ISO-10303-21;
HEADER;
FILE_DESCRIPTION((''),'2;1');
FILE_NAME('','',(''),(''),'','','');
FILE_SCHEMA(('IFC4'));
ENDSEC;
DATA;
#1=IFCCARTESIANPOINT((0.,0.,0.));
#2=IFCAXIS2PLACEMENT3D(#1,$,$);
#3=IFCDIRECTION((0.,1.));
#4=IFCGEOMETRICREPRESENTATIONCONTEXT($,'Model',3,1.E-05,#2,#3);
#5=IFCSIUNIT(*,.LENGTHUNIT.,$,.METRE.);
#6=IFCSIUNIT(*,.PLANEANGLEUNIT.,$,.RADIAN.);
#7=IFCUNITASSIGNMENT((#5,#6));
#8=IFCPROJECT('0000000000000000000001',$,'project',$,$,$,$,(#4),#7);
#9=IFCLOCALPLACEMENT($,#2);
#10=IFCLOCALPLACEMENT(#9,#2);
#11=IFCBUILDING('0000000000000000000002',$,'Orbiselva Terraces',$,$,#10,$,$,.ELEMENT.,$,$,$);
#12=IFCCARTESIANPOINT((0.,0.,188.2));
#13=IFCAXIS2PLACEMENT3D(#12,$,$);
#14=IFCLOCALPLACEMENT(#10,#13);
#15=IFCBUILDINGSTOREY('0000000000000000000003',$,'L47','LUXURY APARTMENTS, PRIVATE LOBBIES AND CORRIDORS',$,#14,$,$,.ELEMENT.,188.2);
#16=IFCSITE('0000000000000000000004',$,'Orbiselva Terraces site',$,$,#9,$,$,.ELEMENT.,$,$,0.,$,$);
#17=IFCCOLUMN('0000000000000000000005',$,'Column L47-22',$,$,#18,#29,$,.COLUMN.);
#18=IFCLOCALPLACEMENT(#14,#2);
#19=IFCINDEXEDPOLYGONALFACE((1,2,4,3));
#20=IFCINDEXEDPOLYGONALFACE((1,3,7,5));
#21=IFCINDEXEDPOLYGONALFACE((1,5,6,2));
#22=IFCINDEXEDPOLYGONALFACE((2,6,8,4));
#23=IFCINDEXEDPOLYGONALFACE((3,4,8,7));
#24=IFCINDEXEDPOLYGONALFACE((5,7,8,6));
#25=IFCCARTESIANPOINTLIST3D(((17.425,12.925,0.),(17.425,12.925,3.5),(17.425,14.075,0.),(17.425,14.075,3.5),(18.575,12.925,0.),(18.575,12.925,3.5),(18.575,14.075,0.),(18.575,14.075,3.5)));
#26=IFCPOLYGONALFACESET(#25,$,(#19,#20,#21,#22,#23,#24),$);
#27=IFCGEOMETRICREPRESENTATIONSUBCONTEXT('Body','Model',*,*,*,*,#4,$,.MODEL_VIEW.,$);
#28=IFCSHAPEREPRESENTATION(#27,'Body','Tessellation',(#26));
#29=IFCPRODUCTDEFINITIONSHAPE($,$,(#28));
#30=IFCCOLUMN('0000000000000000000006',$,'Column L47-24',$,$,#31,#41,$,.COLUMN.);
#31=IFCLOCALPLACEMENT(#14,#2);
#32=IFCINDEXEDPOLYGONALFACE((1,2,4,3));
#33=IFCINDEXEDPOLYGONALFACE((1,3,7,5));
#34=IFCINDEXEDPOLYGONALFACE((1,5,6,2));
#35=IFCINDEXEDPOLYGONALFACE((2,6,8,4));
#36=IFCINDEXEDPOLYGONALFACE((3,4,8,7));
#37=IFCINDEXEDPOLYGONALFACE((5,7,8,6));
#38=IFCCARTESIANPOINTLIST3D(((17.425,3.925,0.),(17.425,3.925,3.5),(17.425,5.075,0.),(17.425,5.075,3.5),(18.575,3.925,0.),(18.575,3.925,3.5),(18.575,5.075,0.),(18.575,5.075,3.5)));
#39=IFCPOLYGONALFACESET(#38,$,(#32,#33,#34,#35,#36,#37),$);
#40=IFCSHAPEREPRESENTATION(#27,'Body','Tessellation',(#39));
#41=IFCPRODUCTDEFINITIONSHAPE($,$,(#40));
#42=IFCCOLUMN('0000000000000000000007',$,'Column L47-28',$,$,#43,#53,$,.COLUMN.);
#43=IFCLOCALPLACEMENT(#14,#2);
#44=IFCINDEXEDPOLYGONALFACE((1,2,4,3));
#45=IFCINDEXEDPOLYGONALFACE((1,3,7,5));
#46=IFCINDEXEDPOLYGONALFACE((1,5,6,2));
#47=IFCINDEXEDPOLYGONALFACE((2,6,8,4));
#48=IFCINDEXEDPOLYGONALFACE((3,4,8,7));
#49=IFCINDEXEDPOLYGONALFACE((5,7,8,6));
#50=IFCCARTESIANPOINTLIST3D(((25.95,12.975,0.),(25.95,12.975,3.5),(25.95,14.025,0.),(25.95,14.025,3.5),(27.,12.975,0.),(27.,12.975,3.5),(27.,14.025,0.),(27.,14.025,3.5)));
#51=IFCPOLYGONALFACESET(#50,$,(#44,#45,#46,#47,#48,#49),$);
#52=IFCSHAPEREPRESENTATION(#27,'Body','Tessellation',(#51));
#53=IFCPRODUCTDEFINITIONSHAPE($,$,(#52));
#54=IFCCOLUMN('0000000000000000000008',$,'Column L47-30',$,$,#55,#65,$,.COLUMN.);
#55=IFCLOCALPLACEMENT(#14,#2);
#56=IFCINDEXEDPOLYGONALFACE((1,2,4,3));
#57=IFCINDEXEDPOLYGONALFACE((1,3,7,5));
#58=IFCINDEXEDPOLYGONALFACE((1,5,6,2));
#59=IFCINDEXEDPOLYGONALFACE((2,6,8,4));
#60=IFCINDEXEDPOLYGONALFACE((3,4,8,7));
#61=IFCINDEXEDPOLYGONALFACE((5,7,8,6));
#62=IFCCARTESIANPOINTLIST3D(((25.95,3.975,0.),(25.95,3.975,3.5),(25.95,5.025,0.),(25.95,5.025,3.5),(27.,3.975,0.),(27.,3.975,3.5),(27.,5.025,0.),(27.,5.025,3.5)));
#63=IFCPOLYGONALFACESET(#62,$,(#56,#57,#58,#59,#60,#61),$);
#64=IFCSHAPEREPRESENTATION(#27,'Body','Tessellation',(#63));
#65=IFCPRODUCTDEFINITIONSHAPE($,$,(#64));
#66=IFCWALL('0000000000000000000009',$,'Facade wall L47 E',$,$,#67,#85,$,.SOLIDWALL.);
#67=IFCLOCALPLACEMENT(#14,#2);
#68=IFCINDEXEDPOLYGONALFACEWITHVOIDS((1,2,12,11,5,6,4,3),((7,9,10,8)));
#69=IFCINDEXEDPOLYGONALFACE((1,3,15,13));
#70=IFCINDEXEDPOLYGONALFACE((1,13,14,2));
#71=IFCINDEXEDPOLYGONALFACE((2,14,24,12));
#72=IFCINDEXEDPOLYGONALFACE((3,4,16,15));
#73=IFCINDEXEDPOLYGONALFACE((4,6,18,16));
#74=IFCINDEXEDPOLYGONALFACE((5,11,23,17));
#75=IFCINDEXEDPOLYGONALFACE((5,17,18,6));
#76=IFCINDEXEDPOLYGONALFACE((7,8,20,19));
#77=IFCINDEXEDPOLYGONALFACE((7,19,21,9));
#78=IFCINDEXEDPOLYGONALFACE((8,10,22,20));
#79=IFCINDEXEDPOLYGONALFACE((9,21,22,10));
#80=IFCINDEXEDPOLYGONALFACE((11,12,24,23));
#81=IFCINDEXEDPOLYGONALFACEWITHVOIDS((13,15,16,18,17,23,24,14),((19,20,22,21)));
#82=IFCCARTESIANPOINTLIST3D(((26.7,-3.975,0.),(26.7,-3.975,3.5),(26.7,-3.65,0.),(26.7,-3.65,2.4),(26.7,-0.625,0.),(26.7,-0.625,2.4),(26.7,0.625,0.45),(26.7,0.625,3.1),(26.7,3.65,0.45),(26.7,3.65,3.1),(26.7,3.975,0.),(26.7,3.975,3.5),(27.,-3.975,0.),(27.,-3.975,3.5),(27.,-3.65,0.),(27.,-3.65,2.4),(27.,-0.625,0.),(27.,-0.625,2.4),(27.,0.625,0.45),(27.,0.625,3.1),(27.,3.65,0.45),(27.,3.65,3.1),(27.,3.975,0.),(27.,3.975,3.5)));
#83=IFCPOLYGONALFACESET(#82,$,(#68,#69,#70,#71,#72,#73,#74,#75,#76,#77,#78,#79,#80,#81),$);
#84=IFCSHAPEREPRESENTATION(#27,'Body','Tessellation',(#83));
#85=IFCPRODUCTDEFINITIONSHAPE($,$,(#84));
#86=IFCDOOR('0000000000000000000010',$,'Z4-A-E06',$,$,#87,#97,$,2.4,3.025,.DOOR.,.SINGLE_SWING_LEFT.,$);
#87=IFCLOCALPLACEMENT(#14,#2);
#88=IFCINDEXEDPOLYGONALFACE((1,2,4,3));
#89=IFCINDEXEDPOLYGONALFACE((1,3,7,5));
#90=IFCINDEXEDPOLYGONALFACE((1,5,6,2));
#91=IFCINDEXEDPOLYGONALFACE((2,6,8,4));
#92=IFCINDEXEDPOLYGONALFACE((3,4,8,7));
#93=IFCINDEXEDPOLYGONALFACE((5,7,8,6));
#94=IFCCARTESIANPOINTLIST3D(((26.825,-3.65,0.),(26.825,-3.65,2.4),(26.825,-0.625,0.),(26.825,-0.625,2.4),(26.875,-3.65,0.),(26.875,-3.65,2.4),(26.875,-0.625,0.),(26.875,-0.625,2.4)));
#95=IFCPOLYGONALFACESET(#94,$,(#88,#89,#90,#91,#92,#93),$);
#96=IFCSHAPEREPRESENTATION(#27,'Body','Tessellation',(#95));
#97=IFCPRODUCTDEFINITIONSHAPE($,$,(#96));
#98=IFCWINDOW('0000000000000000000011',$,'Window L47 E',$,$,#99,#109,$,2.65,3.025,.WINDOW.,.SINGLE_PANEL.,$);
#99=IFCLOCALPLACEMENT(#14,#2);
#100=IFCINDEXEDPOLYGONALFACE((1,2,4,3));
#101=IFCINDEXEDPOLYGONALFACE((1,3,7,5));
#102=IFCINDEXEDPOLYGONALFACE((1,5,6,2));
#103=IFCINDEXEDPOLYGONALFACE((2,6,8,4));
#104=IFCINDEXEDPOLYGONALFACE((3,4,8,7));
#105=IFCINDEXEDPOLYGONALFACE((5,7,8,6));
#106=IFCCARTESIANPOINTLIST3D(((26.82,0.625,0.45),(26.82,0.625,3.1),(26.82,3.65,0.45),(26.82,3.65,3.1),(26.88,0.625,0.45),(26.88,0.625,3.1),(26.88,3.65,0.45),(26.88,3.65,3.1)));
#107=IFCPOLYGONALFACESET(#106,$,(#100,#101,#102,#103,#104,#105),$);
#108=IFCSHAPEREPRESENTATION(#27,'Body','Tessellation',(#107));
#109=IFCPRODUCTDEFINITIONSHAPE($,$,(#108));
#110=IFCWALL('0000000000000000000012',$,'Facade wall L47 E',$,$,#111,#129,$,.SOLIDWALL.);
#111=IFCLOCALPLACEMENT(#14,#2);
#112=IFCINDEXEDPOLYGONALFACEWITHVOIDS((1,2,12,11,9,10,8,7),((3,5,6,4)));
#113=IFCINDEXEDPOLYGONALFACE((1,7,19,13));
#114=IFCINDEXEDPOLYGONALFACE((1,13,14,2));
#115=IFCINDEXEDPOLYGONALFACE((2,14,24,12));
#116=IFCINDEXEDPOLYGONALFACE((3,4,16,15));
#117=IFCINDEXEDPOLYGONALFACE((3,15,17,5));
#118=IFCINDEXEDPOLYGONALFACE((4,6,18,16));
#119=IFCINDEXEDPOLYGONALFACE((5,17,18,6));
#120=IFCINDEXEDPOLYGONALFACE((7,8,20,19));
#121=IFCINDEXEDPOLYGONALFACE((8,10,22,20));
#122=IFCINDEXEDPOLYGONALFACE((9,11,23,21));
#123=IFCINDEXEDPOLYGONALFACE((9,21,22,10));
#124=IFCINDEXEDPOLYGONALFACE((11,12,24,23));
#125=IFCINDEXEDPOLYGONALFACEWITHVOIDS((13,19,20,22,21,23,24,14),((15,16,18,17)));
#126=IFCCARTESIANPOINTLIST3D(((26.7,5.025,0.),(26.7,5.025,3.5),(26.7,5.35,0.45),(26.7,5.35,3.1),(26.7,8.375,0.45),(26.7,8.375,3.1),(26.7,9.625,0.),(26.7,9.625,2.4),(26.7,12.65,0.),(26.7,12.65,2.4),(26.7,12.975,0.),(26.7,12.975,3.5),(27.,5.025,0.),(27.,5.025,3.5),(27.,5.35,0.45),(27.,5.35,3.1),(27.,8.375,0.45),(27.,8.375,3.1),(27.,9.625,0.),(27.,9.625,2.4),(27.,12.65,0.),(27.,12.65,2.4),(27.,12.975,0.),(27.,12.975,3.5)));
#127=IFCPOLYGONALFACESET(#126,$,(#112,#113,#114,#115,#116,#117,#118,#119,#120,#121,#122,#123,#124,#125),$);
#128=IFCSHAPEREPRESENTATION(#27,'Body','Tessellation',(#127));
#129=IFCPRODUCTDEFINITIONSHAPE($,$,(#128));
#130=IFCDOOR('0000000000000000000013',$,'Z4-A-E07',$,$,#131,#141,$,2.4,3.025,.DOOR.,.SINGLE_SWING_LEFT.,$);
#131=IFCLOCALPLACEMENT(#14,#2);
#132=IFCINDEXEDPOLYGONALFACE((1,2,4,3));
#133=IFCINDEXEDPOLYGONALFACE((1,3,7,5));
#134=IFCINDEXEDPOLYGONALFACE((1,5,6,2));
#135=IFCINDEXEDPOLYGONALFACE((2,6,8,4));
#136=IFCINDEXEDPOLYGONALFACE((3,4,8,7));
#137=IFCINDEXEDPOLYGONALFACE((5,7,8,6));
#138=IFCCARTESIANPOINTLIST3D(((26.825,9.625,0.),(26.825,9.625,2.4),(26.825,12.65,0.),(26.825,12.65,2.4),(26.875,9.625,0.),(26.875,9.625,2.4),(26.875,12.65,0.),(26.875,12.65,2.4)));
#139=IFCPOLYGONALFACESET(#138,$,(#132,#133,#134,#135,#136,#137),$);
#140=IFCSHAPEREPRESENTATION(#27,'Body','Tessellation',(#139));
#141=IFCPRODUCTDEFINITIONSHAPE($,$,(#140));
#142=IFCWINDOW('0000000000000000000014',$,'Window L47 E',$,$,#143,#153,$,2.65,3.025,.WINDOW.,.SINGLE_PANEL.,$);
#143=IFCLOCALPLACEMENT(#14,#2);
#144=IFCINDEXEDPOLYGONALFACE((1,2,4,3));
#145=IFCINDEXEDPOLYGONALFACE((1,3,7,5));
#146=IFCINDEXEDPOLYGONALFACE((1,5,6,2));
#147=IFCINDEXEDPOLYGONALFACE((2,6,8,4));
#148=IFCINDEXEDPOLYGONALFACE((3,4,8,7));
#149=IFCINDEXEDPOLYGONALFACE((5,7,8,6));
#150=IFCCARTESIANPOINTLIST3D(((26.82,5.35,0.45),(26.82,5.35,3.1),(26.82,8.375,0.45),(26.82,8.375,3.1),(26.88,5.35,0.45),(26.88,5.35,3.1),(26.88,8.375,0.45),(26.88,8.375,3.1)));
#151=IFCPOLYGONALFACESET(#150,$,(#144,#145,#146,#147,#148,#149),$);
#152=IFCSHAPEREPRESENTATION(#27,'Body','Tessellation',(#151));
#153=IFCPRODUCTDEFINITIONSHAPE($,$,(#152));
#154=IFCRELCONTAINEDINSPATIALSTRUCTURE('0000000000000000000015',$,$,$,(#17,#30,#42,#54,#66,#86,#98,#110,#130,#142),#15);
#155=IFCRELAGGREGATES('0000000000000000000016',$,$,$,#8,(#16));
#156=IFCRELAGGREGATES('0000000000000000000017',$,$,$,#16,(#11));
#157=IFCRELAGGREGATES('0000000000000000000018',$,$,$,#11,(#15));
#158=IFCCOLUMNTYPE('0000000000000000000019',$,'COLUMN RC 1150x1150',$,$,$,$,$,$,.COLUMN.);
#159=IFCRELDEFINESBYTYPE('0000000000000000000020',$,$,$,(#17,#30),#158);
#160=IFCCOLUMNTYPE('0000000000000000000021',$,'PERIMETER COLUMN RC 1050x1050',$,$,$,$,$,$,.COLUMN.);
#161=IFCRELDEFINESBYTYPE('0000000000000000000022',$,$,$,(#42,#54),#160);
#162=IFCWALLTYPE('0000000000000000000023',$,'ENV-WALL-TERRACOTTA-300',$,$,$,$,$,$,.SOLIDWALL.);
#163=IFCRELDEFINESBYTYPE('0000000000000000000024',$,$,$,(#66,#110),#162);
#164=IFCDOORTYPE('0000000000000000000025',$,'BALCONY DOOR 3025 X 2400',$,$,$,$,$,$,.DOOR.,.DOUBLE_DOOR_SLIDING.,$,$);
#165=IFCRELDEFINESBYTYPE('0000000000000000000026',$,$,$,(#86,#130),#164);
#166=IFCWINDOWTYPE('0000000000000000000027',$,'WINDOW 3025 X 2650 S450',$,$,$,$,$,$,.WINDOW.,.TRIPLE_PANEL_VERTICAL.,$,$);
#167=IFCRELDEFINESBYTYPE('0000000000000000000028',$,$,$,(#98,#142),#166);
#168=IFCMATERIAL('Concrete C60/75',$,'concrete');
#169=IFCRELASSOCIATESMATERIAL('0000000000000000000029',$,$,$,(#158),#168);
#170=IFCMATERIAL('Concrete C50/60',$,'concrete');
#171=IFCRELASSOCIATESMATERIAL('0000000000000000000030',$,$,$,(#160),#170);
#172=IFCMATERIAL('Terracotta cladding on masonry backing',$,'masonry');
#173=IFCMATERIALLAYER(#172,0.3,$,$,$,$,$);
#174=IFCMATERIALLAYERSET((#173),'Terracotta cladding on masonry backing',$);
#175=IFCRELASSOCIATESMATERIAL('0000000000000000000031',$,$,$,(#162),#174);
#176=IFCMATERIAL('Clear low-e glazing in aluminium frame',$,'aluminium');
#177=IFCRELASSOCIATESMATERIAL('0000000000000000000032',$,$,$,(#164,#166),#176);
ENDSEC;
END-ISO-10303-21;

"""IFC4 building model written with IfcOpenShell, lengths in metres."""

from ifc_helpers import new_model, si_unit, direction, frame, frame_2d, origin, origin_2d, place, context, subcontext, project, spatial, rectangle, extrude, material, layer, layer_set, material_profile, profile_set, type_object, element, fill, save


model = new_model("IFC4")

# Units and contexts
model_context = context("Model", 3, precision=1e-05, world=origin(), true_north=direction((0.0, 1.0)))
body_context = subcontext(model_context, "Body", "Model", "MODEL_VIEW")
ifc_project = project(units=[si_unit("LENGTHUNIT", "METRE"), si_unit("PLANEANGLEUNIT", "RADIAN")], contexts=[model_context])

# Site, building, storey
site_placement = place(None, origin())
site = spatial("IfcSite", under=ifc_project, at=site_placement, Name="Orbiselva Terraces site", CompositionType="ELEMENT", RefElevation=0.0)
building_placement = place(site_placement, origin())
building = spatial("IfcBuilding", under=site, at=building_placement, Name="Orbiselva Terraces", CompositionType="ELEMENT")
storey_placement = place(building_placement, frame((0.0, 0.0, 188.2)))
storey = spatial("IfcBuildingStorey", under=building, at=storey_placement, Name="L47", Description="LUXURY APARTMENTS, PRIVATE LOBBIES AND CORRIDORS", CompositionType="ELEMENT", Elevation=188.2)

# Columns
ifc_material_1 = material(Name="Concrete C60/75", Category="concrete")
ifc_material_profile_1 = material_profile(ifc_material_1, rectangle(XDim=1.15, YDim=1.15, at=origin_2d()), Name="RC 1150x1150")
ifc_profile_set_1 = profile_set([ifc_material_profile_1], Name="Concrete C60/75")
column_type_1 = type_object("IfcColumnType", Name="COLUMN RC 1150x1150", PredefinedType="COLUMN", material=ifc_profile_set_1)
for number, where, z_axis, x_axis, name in (
    (1, (18.0, 13.5, 0.0), (0.0, 0.0, 1.0), (1.0, 0.0, 0.0), "Column L47-22"),
    (2, (18.0, 4.5, 0.0), (0.0, 0.0, 1.0), (1.0, 0.0, 0.0), "Column L47-24"),
):
    element("IfcColumn", number, at=place(storey_placement, frame(where, z_axis=z_axis, x_axis=x_axis)), inside=storey, type_object=column_type_1, Name=name, PredefinedType="COLUMN", context=body_context, shape_type="SweptSolid", body=[
        extrude(rectangle(XDim=1.15, YDim=1.15, at=origin_2d()), origin(), (0.0, 0.0, 1.0), 3.5),
    ])
ifc_material_2 = material(Name="Concrete C50/60", Category="concrete")
ifc_material_profile_2 = material_profile(ifc_material_2, rectangle(XDim=1.05, YDim=1.05, at=origin_2d()), Name="RC 1050x1050")
ifc_profile_set_2 = profile_set([ifc_material_profile_2], Name="Concrete C50/60")
column_type_2 = type_object("IfcColumnType", Name="PERIMETER COLUMN RC 1050x1050", PredefinedType="COLUMN", material=ifc_profile_set_2)
for number, where, z_axis, x_axis, name in (
    (3, (26.475, 13.5, 0.0), (0.0, 0.0, 1.0), (1.0, 0.0, 0.0), "Column L47-28"),
    (4, (26.475, 4.5, 0.0), (0.0, 0.0, 1.0), (1.0, 0.0, 0.0), "Column L47-30"),
):
    element("IfcColumn", number, at=place(storey_placement, frame(where, z_axis=z_axis, x_axis=x_axis)), inside=storey, type_object=column_type_2, Name=name, PredefinedType="COLUMN", context=body_context, shape_type="SweptSolid", body=[
        extrude(rectangle(XDim=1.05, YDim=1.05, at=origin_2d()), origin(), (0.0, 0.0, 1.0), 3.5),
    ])

# Walls, openings, doors, windows
ifc_material_3 = material(Name="Terracotta cladding on masonry backing", Category="masonry")
ifc_layer_1 = layer(ifc_material_3, 0.3)
ifc_layer_set_1 = layer_set([ifc_layer_1], Name="Terracotta cladding on masonry backing")
wall_type_1 = type_object("IfcWallType", Name="ENV-WALL-TERRACOTTA-300", PredefinedType="SOLIDWALL", material=ifc_layer_set_1)
wall_1_placement = place(storey_placement, frame((26.85, 3.975, 0.0), z_axis=(0.0, 0.0, 1.0), x_axis=(0.0, -1.0, 0.0)))
wall_1 = element("IfcWall", 5, at=wall_1_placement, inside=storey, type_object=wall_type_1, Name="Facade wall L47 E", PredefinedType="SOLIDWALL", context=body_context, shape_type="SweptSolid", body=[
    extrude(rectangle(XDim=7.95, YDim=0.3, at=frame_2d((3.975, 0.0))), origin(), (0.0, 0.0, 1.0), 3.5),
])
opening_1_placement = place(wall_1_placement, frame((4.6, 0.0, 0.0)))
opening_1 = element("IfcOpeningElement", 6, at=opening_1_placement, cuts=wall_1, PredefinedType="OPENING", context=body_context, shape_type="SweptSolid", body=[
    extrude(rectangle(XDim=3.025, YDim=2.4, at=frame_2d((1.5125, 1.2))), frame((0.0, 0.16, 0.0), z_axis=(0.0, -1.0, 0.0), x_axis=(1.0, 0.0, 0.0)), (0.0, 0.0, 1.0), 0.32),
])
opening_2_placement = place(wall_1_placement, frame((0.325, 0.0, 0.45)))
opening_2 = element("IfcOpeningElement", 7, at=opening_2_placement, cuts=wall_1, PredefinedType="OPENING", context=body_context, shape_type="SweptSolid", body=[
    extrude(rectangle(XDim=3.025, YDim=2.65, at=frame_2d((1.5125, 1.325))), frame((0.0, 0.16, 0.0), z_axis=(0.0, -1.0, 0.0), x_axis=(1.0, 0.0, 0.0)), (0.0, 0.0, 1.0), 0.32),
])
ifc_material_4 = material(Name="Clear low-e glazing in aluminium frame", Category="aluminium")
door_type_1 = type_object("IfcDoorType", Name="BALCONY DOOR 3025 X 2400", OperationType="DOUBLE_DOOR_SLIDING", PredefinedType="DOOR", material=ifc_material_4)
door_1_placement = place(opening_1_placement, origin())
door_1 = element("IfcDoor", 8, at=door_1_placement, inside=storey, type_object=door_type_1, Name="Z4-A-E06", OperationType="SINGLE_SWING_LEFT", OverallHeight=2.4, OverallWidth=3.025, PredefinedType="DOOR", context=body_context, shape_type="SweptSolid", body=[
    extrude(rectangle(XDim=3.025, YDim=2.4, at=frame_2d((1.5125, 1.2))), frame((0.0, 0.025, 0.0), z_axis=(0.0, -1.0, 0.0), x_axis=(1.0, 0.0, 0.0)), (0.0, 0.0, 1.0), 0.05),
])
fill(opening_1, door_1)
window_type = type_object("IfcWindowType", Name="WINDOW 3025 X 2650 S450", PartitioningType="TRIPLE_PANEL_VERTICAL", PredefinedType="WINDOW", material=ifc_material_4)
window_1_placement = place(opening_2_placement, origin())
window_1 = element("IfcWindow", 9, at=window_1_placement, inside=storey, type_object=window_type, Name="Window L47 E", OverallHeight=2.65, OverallWidth=3.025, PartitioningType="SINGLE_PANEL", PredefinedType="WINDOW", context=body_context, shape_type="SweptSolid", body=[
    extrude(rectangle(XDim=3.025, YDim=2.65, at=frame_2d((1.5125, 1.325))), frame((0.0, 0.03, 0.0), z_axis=(0.0, -1.0, 0.0), x_axis=(1.0, 0.0, 0.0)), (0.0, 0.0, 1.0), 0.06),
])
fill(opening_2, window_1)
wall_2_placement = place(storey_placement, frame((26.85, 12.975, 0.0), z_axis=(0.0, 0.0, 1.0), x_axis=(0.0, -1.0, 0.0)))
wall_2 = element("IfcWall", 10, at=wall_2_placement, inside=storey, type_object=wall_type_1, Name="Facade wall L47 E", PredefinedType="SOLIDWALL", context=body_context, shape_type="SweptSolid", body=[
    extrude(rectangle(XDim=7.95, YDim=0.3, at=frame_2d((3.975, 0.0))), origin(), (0.0, 0.0, 1.0), 3.5),
])
opening_3_placement = place(wall_2_placement, frame((4.6, 0.0, 0.45)))
opening_3 = element("IfcOpeningElement", 11, at=opening_3_placement, cuts=wall_2, PredefinedType="OPENING", context=body_context, shape_type="SweptSolid", body=[
    extrude(rectangle(XDim=3.025, YDim=2.65, at=frame_2d((1.5125, 1.325))), frame((0.0, 0.16, 0.0), z_axis=(0.0, -1.0, 0.0), x_axis=(1.0, 0.0, 0.0)), (0.0, 0.0, 1.0), 0.32),
])
opening_4_placement = place(wall_2_placement, frame((0.325, 0.0, 0.0)))
opening_4 = element("IfcOpeningElement", 12, at=opening_4_placement, cuts=wall_2, PredefinedType="OPENING", context=body_context, shape_type="SweptSolid", body=[
    extrude(rectangle(XDim=3.025, YDim=2.4, at=frame_2d((1.5125, 1.2))), frame((0.0, 0.16, 0.0), z_axis=(0.0, -1.0, 0.0), x_axis=(1.0, 0.0, 0.0)), (0.0, 0.0, 1.0), 0.32),
])
door_2_placement = place(opening_4_placement, origin())
door_2 = element("IfcDoor", 13, at=door_2_placement, inside=storey, type_object=door_type_1, Name="Z4-A-E07", OperationType="SINGLE_SWING_LEFT", OverallHeight=2.4, OverallWidth=3.025, PredefinedType="DOOR", context=body_context, shape_type="SweptSolid", body=[
    extrude(rectangle(XDim=3.025, YDim=2.4, at=frame_2d((1.5125, 1.2))), frame((0.0, 0.025, 0.0), z_axis=(0.0, -1.0, 0.0), x_axis=(1.0, 0.0, 0.0)), (0.0, 0.0, 1.0), 0.05),
])
fill(opening_4, door_2)
window_2_placement = place(opening_3_placement, origin())
window_2 = element("IfcWindow", 14, at=window_2_placement, inside=storey, type_object=window_type, Name="Window L47 E", OverallHeight=2.65, OverallWidth=3.025, PartitioningType="SINGLE_PANEL", PredefinedType="WINDOW", context=body_context, shape_type="SweptSolid", body=[
    extrude(rectangle(XDim=3.025, YDim=2.65, at=frame_2d((1.5125, 1.325))), frame((0.0, 0.03, 0.0), z_axis=(0.0, -1.0, 0.0), x_axis=(1.0, 0.0, 0.0)), (0.0, 0.0, 1.0), 0.06),
])
fill(opening_3, window_2)

save(model, "model.ifc")
